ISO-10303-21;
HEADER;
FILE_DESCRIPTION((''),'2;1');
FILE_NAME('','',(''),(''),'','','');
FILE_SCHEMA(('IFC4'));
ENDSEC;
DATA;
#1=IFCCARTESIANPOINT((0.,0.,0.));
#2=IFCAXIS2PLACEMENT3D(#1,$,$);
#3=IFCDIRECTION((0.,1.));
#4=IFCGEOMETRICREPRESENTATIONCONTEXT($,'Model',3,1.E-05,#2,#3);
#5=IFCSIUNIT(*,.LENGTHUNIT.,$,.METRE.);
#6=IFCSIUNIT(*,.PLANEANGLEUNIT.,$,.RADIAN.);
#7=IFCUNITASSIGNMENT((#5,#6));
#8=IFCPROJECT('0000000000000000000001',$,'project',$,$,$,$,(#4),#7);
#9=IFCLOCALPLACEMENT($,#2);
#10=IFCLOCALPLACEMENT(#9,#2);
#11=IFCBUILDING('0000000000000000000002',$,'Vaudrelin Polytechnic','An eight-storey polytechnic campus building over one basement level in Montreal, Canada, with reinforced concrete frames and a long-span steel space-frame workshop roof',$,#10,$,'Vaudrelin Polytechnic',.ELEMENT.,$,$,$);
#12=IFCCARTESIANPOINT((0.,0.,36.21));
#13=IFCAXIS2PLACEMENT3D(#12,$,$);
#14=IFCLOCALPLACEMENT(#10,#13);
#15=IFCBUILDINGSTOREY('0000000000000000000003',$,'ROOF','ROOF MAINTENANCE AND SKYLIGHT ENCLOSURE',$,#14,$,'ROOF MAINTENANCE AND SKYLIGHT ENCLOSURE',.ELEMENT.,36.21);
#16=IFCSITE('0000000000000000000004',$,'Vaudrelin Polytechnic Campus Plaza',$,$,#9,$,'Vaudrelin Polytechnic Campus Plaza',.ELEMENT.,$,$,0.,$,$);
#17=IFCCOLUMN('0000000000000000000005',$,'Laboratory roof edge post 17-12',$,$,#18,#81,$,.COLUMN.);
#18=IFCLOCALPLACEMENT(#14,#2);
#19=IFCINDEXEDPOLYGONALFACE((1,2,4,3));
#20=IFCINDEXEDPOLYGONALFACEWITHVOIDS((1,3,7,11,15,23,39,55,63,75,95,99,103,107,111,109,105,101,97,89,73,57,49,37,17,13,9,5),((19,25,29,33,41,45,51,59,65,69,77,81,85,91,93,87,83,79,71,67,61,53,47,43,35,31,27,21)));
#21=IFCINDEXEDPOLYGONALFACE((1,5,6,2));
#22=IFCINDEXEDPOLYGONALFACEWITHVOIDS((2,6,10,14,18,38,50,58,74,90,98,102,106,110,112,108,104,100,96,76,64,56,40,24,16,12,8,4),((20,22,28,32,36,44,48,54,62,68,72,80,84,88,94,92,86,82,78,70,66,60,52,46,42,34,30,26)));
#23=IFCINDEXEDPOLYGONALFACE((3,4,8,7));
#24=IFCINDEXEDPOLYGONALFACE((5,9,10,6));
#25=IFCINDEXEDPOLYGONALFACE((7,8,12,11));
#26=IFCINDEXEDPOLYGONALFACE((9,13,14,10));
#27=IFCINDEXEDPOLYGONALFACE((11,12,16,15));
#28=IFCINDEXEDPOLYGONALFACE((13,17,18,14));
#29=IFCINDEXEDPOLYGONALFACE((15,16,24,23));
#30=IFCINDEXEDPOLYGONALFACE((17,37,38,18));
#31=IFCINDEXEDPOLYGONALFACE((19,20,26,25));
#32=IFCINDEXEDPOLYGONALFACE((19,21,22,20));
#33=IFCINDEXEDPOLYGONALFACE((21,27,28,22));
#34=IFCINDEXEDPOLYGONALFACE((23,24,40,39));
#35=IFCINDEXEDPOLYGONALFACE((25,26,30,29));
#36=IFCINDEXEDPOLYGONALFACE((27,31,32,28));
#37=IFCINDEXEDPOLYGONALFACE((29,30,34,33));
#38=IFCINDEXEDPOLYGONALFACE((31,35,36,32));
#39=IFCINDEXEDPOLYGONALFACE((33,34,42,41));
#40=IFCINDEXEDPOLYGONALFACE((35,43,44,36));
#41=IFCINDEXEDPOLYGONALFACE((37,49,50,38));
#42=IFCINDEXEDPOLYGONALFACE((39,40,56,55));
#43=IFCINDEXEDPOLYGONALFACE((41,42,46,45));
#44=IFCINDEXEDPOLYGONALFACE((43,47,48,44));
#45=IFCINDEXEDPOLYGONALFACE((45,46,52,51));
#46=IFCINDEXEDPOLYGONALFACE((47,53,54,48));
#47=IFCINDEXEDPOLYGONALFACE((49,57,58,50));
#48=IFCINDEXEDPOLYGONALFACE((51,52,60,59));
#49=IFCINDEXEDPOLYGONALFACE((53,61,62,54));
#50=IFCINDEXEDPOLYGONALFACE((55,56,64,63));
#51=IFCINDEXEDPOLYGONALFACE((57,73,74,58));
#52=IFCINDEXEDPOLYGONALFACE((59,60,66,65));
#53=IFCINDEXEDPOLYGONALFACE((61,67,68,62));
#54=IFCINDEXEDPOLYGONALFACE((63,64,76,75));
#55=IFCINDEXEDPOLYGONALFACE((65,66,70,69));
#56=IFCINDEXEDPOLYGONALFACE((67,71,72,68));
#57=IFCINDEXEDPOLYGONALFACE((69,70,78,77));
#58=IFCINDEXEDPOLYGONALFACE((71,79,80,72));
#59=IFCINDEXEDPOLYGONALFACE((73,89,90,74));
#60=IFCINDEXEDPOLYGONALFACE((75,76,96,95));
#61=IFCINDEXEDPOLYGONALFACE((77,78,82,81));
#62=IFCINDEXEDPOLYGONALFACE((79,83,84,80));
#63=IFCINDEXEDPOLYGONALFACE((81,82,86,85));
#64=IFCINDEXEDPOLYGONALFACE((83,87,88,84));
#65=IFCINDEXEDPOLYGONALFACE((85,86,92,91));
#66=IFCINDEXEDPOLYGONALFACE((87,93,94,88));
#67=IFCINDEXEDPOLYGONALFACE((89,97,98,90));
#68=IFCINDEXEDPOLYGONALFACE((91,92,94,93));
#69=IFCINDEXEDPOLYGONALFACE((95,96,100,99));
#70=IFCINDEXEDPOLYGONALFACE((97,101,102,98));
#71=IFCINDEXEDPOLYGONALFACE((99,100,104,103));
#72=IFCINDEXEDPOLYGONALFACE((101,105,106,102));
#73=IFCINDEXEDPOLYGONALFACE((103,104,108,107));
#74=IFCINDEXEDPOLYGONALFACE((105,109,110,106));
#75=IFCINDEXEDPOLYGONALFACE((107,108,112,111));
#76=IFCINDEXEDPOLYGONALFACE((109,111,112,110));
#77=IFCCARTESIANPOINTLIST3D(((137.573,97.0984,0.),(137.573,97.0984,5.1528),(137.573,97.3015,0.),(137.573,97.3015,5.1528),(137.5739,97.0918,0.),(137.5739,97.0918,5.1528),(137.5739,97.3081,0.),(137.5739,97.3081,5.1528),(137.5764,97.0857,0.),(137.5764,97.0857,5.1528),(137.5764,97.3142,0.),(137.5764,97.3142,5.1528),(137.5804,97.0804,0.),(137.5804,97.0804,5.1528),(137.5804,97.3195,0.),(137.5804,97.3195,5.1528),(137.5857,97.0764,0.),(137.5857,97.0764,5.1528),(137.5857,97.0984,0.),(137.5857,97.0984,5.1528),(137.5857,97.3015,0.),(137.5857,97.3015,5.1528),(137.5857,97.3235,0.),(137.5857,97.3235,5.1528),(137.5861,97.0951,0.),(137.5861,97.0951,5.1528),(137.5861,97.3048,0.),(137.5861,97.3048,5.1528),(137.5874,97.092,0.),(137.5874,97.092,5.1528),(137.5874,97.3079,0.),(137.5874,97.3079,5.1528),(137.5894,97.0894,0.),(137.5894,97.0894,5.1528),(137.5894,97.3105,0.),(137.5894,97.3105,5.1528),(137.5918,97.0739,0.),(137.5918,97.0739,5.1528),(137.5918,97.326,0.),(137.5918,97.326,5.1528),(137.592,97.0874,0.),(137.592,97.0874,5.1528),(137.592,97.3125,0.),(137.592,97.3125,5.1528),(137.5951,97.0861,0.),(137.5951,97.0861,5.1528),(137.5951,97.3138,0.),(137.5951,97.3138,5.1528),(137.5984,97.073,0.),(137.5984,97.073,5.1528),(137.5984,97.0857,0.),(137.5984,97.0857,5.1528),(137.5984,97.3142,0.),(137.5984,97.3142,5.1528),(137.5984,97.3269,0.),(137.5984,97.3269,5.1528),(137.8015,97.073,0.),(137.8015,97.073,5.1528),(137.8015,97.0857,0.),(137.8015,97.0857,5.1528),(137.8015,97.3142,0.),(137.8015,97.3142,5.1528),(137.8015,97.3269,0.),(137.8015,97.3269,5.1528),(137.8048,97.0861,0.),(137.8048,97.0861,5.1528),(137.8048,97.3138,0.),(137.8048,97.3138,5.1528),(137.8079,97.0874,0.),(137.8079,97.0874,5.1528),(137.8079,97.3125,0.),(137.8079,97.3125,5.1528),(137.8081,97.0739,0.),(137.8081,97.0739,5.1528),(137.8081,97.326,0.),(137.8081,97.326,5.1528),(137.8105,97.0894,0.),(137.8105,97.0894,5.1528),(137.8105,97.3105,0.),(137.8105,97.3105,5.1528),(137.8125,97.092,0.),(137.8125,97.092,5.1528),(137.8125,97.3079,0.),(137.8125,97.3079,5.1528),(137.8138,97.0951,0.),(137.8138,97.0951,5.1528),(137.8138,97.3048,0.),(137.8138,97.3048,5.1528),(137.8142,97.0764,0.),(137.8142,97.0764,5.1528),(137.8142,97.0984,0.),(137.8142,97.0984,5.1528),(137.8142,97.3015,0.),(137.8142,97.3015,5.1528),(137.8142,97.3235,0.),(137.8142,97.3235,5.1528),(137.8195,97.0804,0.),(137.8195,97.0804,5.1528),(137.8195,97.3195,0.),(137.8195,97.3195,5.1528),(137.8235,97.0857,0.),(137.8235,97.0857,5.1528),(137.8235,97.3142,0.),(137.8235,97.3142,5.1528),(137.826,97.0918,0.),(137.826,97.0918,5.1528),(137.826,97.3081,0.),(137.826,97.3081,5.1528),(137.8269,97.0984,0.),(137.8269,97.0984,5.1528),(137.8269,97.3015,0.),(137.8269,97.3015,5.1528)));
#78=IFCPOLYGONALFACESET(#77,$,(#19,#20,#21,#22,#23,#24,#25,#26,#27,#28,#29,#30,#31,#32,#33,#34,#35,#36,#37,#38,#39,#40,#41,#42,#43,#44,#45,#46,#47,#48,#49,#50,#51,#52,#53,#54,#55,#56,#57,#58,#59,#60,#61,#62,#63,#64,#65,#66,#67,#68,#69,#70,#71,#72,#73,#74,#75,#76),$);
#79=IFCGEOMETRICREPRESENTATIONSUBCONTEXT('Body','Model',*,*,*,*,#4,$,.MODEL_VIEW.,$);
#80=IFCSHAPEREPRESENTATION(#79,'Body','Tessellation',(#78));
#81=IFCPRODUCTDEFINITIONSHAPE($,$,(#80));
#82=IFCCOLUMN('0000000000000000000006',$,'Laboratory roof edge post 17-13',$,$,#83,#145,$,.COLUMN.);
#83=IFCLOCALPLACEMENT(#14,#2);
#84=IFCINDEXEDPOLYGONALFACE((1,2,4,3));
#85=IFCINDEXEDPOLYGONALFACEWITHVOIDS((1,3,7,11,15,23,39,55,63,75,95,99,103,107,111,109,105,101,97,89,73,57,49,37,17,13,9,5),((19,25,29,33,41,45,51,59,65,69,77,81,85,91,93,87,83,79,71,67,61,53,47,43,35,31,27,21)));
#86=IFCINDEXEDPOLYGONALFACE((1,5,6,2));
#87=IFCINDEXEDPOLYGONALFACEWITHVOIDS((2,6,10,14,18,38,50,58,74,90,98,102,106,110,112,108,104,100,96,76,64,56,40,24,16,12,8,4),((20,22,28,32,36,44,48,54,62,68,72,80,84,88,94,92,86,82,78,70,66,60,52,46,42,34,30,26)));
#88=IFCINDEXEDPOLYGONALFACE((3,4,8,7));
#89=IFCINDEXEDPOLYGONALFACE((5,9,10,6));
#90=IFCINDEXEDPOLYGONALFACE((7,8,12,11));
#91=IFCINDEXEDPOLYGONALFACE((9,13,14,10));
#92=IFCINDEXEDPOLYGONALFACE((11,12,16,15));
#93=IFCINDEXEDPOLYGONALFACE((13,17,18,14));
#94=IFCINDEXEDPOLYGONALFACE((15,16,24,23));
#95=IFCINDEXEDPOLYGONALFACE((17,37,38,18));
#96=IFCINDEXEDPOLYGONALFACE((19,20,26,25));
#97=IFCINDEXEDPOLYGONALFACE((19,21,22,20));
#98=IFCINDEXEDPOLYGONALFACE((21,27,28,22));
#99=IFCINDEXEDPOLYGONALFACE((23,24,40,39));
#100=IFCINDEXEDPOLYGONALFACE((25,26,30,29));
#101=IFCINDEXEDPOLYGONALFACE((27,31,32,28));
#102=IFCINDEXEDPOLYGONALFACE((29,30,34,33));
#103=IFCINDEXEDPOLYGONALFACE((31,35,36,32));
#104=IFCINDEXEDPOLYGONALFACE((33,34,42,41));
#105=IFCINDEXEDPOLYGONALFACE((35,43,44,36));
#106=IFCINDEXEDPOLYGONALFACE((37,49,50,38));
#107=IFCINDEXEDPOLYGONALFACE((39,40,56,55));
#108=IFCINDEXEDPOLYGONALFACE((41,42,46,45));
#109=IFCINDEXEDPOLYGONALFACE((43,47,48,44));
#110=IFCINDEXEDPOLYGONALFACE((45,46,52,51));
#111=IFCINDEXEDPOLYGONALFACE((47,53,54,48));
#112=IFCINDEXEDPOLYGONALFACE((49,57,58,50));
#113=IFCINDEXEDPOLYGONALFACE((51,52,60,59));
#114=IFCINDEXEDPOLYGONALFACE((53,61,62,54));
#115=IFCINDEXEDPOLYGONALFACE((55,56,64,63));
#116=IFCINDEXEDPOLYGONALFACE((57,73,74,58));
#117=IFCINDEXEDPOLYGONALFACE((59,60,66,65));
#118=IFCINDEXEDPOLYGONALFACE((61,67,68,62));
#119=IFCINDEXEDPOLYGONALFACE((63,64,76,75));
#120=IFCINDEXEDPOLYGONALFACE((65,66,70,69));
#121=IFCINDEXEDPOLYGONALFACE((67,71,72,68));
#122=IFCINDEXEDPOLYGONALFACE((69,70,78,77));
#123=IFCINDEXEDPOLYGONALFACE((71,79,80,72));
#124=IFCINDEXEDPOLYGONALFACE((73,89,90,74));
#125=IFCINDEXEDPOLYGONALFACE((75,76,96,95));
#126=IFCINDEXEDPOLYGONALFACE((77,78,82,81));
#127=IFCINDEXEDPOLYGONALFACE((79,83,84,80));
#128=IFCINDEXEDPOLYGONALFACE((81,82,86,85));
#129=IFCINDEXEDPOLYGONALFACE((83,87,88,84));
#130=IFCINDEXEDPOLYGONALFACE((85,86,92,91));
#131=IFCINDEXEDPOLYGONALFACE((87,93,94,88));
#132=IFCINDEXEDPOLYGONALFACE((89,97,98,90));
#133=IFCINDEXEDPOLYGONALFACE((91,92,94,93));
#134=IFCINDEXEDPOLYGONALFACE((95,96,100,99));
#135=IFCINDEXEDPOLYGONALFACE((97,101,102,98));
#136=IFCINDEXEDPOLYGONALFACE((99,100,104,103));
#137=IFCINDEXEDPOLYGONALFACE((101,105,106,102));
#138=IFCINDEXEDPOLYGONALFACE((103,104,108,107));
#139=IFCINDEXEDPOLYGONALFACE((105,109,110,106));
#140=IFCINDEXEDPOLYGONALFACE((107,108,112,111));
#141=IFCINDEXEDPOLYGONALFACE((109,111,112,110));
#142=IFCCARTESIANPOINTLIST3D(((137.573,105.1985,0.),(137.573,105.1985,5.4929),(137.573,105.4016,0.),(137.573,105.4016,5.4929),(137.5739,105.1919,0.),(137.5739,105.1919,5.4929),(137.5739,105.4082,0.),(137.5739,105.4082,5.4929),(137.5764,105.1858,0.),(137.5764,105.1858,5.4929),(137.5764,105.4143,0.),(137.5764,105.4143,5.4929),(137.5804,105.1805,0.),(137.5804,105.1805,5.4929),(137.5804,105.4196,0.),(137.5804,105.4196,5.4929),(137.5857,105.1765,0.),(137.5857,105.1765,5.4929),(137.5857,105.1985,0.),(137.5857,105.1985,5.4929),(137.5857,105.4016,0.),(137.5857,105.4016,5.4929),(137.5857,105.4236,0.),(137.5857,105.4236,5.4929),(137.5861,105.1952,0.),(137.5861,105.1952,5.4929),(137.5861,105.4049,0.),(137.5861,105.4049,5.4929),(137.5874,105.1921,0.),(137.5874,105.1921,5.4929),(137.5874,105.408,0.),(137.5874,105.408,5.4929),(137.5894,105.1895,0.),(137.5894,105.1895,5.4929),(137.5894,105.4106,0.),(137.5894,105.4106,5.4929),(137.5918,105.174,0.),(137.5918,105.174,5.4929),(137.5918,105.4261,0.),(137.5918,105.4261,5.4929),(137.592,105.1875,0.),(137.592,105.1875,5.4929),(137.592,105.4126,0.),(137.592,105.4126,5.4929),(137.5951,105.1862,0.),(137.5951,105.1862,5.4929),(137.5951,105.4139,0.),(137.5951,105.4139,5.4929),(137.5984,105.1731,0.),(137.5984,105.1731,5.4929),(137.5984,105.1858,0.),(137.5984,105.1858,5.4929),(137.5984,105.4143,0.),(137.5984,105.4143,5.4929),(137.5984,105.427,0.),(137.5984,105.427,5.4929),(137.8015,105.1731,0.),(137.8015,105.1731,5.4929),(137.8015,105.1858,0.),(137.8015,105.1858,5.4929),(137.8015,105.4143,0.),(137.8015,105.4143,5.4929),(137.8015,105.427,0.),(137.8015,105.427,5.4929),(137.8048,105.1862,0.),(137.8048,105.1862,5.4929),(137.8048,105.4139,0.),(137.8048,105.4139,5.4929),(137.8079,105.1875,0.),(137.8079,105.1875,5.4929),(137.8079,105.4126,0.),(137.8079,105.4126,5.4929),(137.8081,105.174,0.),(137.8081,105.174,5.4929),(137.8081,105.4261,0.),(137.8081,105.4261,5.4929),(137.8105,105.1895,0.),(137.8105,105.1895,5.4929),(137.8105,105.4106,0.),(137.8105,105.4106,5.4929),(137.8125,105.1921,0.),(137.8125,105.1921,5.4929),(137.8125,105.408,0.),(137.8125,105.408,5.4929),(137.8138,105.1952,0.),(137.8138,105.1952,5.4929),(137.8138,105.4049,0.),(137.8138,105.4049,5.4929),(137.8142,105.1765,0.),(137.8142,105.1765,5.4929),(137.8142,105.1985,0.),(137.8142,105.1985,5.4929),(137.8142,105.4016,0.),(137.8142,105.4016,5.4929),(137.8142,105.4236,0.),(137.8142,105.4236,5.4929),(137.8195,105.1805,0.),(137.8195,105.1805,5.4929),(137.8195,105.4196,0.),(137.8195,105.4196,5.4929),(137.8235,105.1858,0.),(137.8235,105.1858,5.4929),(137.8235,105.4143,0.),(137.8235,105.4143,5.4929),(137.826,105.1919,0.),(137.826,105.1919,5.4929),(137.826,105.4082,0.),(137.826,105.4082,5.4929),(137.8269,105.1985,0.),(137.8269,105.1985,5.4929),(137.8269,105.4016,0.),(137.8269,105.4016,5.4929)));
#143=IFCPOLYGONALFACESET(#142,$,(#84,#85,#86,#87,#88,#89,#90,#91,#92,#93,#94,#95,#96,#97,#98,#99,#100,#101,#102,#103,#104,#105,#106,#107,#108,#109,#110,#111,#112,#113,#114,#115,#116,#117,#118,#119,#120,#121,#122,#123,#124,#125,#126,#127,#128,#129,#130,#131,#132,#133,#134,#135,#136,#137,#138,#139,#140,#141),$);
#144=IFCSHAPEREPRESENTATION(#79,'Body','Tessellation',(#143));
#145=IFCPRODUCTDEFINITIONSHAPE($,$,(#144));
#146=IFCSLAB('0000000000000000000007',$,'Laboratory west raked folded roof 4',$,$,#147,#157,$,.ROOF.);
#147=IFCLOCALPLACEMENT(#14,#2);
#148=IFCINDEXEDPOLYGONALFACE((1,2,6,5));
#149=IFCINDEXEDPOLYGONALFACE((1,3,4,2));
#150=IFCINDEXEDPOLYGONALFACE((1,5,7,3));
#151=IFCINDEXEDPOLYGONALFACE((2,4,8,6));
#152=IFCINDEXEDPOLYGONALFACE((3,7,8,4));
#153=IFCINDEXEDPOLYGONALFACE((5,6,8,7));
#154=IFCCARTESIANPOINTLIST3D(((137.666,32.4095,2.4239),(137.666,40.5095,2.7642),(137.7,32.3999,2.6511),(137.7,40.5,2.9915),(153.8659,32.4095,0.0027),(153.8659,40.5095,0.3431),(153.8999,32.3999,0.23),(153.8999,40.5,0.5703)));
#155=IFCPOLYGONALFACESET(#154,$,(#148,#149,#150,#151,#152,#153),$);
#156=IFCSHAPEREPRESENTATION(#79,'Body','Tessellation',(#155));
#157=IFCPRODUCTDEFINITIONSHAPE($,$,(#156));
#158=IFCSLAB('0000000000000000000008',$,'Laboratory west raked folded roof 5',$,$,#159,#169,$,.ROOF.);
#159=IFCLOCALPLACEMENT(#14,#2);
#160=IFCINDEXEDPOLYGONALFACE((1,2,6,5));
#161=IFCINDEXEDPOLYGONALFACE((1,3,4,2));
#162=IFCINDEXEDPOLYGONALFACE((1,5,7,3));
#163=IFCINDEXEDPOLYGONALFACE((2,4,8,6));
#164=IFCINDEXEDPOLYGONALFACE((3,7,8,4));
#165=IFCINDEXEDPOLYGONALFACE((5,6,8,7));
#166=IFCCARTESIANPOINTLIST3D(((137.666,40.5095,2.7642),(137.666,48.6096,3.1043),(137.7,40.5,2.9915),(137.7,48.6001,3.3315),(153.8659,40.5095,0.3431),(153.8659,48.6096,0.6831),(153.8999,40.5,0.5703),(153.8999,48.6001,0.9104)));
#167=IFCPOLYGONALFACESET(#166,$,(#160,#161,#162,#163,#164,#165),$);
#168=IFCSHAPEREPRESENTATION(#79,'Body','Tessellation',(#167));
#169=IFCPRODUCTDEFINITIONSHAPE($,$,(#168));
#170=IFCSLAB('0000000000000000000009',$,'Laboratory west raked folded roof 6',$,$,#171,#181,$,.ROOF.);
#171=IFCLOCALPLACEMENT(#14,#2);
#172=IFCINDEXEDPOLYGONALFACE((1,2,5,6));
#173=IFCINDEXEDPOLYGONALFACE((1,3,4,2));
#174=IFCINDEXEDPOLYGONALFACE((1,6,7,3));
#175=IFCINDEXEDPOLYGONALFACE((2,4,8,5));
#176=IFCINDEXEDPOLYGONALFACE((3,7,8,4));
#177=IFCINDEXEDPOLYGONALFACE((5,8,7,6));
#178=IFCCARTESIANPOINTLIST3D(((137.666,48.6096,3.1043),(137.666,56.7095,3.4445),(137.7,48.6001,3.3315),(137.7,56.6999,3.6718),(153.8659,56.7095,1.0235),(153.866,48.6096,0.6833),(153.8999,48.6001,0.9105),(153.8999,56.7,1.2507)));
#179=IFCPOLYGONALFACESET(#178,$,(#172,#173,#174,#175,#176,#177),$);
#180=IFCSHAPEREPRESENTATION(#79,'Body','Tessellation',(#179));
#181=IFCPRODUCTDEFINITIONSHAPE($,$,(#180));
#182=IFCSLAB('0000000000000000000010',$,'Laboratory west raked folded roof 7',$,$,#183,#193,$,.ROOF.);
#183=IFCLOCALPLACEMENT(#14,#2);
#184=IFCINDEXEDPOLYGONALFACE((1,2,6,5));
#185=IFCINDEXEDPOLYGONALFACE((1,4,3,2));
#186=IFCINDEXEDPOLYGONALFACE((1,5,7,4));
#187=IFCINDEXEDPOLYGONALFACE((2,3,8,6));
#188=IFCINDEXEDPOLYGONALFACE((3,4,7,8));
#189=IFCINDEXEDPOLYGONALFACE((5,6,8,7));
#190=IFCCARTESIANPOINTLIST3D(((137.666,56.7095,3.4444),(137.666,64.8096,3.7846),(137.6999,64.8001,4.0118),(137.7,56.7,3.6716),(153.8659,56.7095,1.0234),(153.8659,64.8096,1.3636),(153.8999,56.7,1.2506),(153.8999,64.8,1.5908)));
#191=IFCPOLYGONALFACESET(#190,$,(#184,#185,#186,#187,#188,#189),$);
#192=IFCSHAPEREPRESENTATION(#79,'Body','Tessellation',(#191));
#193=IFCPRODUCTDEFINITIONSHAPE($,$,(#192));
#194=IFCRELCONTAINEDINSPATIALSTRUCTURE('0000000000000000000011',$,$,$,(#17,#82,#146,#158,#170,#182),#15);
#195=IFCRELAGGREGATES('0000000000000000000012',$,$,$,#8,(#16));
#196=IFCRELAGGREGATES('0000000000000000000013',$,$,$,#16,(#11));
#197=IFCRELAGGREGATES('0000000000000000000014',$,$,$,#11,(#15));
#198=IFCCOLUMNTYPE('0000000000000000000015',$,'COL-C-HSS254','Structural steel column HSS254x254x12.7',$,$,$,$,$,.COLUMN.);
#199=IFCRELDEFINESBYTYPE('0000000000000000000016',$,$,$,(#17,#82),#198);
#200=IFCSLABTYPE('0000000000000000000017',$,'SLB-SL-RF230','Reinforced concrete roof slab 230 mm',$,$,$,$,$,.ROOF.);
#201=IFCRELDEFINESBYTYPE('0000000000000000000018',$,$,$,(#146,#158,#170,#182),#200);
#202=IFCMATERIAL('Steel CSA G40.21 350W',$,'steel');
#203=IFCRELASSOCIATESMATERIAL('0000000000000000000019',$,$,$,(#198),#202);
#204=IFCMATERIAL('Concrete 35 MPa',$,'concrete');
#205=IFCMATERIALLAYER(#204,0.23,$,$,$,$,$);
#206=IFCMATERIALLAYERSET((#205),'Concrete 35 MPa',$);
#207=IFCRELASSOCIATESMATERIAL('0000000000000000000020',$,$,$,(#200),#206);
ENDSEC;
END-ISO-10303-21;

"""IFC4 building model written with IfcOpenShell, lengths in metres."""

from ifc_helpers import new_model, si_unit, direction, frame, origin, origin_2d, place, context, subcontext, project, spatial, polyline, hollow_rectangle, outline, extrude, material, layer, layer_set, material_profile, profile_set, type_object, element, save


model = new_model("IFC4")

# Units and contexts
model_context = context("Model", 3, precision=1e-05, world=origin(), true_north=direction((0.0, 1.0)))
body_context = subcontext(model_context, "Body", "Model", "MODEL_VIEW")
ifc_project = project(units=[si_unit("LENGTHUNIT", "METRE"), si_unit("PLANEANGLEUNIT", "RADIAN")], contexts=[model_context])

# Site, building, storey
site_placement = place(None, origin())
site = spatial("IfcSite", under=ifc_project, at=site_placement, Name="Vaudrelin Polytechnic Campus Plaza", LongName="Vaudrelin Polytechnic Campus Plaza", CompositionType="ELEMENT", RefElevation=0.0)
building_placement = place(site_placement, origin())
building = spatial("IfcBuilding", under=site, at=building_placement, Name="Vaudrelin Polytechnic", Description="An eight-storey polytechnic campus building over one basement level in Montreal, Canada, with reinforced concrete frames and a long-span steel space-frame workshop roof", LongName="Vaudrelin Polytechnic", CompositionType="ELEMENT")
storey_placement = place(building_placement, frame((0.0, 0.0, 36.21)))
storey = spatial("IfcBuildingStorey", under=building, at=storey_placement, Name="ROOF", Description="ROOF MAINTENANCE AND SKYLIGHT ENCLOSURE", LongName="ROOF MAINTENANCE AND SKYLIGHT ENCLOSURE", CompositionType="ELEMENT", Elevation=36.21)

# Columns
ifc_material_1 = material(Name="Steel CSA G40.21 350W", Category="steel")
ifc_material_profile = material_profile(ifc_material_1, hollow_rectangle(XDim=0.2539, YDim=0.2539, WallThickness=0.0127, InnerFilletRadius=0.0127, OuterFilletRadius=0.0254, at=origin_2d()), Name="HSS254x254x12.7")
ifc_profile_set = profile_set([ifc_material_profile], Name="Steel CSA G40.21 350W")
column_type = type_object("IfcColumnType", Name="COL-C-HSS254", Description="Structural steel column HSS254x254x12.7", PredefinedType="COLUMN", material=ifc_profile_set)
column_1_placement = place(storey_placement, frame((137.7, 97.2, 0.0), z_axis=(0.0, 0.0, 1.0), x_axis=(1.0, 0.0, 0.0)))
element("IfcColumn", 1, at=column_1_placement, inside=storey, type_object=column_type, Name="Laboratory roof edge post 17-12", PredefinedType="COLUMN", context=body_context, shape_type="SweptSolid", body=[
    extrude(hollow_rectangle(XDim=0.2539, YDim=0.2539, WallThickness=0.0127, InnerFilletRadius=0.0127, OuterFilletRadius=0.0254, at=origin_2d()), origin(), (0.0, 0.0, 1.0), 5.1528),
])
column_2_placement = place(storey_placement, frame((137.7, 105.3, 0.0), z_axis=(0.0, 0.0, 1.0), x_axis=(1.0, 0.0, 0.0)))
element("IfcColumn", 2, at=column_2_placement, inside=storey, type_object=column_type, Name="Laboratory roof edge post 17-13", PredefinedType="COLUMN", context=body_context, shape_type="SweptSolid", body=[
    extrude(hollow_rectangle(XDim=0.2539, YDim=0.2539, WallThickness=0.0127, InnerFilletRadius=0.0127, OuterFilletRadius=0.0254, at=origin_2d()), origin(), (0.0, 0.0, 1.0), 5.4929),
])

# Slabs
ifc_material_2 = material(Name="Concrete 35 MPa", Category="concrete")
ifc_layer_1 = layer(ifc_material_2, 0.23)
ifc_layer_set_1 = layer_set([ifc_layer_1], Name="Concrete 35 MPa")
slab_type = type_object("IfcSlabType", Name="SLB-SL-RF230", Description="Reinforced concrete roof slab 230 mm", PredefinedType="ROOF", material=ifc_layer_set_1)
slab_1_placement = place(storey_placement, frame((137.7, 32.3999, 2.6511), z_axis=(0.147685, -0.041518, 0.988163), x_axis=(0.989015, 0.0, -0.147812)))
element("IfcSlab", 3, at=slab_1_placement, inside=storey, type_object=slab_type, Name="Laboratory west raked folded roof 4", PredefinedType="ROOF", context=body_context, shape_type="SweptSolid", body=[
    extrude(outline(polyline([(0.0, 0.0), (16.3799, 0.0), (16.3296, 8.1071), (-0.0503, 8.1071), (0.0, 0.0)])), origin(), (0.0, 0.0, -1.0), 0.23),
])
slab_2_placement = place(storey_placement, frame((137.7, 40.5, 2.9915), z_axis=(0.147685, -0.041489, 0.988164), x_axis=(0.989015, 0.0, -0.147812)))
element("IfcSlab", 4, at=slab_2_placement, inside=storey, type_object=slab_type, Name="Laboratory west raked folded roof 5", PredefinedType="ROOF", context=body_context, shape_type="SweptSolid", body=[
    extrude(outline(polyline([(0.0, 0.0), (16.3799, 0.0), (16.3296, 8.1071), (-0.0503, 8.1071), (0.0, 0.0)])), origin(), (0.0, 0.0, -1.0), 0.23),
])
slab_3_placement = place(storey_placement, frame((137.7, 48.6001, 3.3315), z_axis=(0.147677, -0.041505, 0.988164), x_axis=(0.989017, 0.0, -0.147805)))
element("IfcSlab", 5, at=slab_3_placement, inside=storey, type_object=slab_type, Name="Laboratory west raked folded roof 6", PredefinedType="ROOF", context=body_context, shape_type="SweptSolid", body=[
    extrude(outline(polyline([(0.0, 0.0), (16.3799, 0.0), (16.3296, 8.1068), (-0.0503, 8.1068), (0.0, 0.0)])), origin(), (0.0, 0.0, -1.0), 0.23),
])
slab_4_placement = place(storey_placement, frame((137.7, 56.7, 3.6716), z_axis=(0.147677, -0.041504, 0.988164), x_axis=(0.989017, 0.0, -0.147805)))
element("IfcSlab", 6, at=slab_4_placement, inside=storey, type_object=slab_type, Name="Laboratory west raked folded roof 7", PredefinedType="ROOF", context=body_context, shape_type="SweptSolid", body=[
    extrude(outline(polyline([(0.0, 0.0), (16.3798, 0.0), (16.3296, 8.1071), (-0.0503, 8.1071), (0.0, 0.0)])), origin(), (0.0, 0.0, -1.0), 0.23),
])

save(model, "model.ifc")
